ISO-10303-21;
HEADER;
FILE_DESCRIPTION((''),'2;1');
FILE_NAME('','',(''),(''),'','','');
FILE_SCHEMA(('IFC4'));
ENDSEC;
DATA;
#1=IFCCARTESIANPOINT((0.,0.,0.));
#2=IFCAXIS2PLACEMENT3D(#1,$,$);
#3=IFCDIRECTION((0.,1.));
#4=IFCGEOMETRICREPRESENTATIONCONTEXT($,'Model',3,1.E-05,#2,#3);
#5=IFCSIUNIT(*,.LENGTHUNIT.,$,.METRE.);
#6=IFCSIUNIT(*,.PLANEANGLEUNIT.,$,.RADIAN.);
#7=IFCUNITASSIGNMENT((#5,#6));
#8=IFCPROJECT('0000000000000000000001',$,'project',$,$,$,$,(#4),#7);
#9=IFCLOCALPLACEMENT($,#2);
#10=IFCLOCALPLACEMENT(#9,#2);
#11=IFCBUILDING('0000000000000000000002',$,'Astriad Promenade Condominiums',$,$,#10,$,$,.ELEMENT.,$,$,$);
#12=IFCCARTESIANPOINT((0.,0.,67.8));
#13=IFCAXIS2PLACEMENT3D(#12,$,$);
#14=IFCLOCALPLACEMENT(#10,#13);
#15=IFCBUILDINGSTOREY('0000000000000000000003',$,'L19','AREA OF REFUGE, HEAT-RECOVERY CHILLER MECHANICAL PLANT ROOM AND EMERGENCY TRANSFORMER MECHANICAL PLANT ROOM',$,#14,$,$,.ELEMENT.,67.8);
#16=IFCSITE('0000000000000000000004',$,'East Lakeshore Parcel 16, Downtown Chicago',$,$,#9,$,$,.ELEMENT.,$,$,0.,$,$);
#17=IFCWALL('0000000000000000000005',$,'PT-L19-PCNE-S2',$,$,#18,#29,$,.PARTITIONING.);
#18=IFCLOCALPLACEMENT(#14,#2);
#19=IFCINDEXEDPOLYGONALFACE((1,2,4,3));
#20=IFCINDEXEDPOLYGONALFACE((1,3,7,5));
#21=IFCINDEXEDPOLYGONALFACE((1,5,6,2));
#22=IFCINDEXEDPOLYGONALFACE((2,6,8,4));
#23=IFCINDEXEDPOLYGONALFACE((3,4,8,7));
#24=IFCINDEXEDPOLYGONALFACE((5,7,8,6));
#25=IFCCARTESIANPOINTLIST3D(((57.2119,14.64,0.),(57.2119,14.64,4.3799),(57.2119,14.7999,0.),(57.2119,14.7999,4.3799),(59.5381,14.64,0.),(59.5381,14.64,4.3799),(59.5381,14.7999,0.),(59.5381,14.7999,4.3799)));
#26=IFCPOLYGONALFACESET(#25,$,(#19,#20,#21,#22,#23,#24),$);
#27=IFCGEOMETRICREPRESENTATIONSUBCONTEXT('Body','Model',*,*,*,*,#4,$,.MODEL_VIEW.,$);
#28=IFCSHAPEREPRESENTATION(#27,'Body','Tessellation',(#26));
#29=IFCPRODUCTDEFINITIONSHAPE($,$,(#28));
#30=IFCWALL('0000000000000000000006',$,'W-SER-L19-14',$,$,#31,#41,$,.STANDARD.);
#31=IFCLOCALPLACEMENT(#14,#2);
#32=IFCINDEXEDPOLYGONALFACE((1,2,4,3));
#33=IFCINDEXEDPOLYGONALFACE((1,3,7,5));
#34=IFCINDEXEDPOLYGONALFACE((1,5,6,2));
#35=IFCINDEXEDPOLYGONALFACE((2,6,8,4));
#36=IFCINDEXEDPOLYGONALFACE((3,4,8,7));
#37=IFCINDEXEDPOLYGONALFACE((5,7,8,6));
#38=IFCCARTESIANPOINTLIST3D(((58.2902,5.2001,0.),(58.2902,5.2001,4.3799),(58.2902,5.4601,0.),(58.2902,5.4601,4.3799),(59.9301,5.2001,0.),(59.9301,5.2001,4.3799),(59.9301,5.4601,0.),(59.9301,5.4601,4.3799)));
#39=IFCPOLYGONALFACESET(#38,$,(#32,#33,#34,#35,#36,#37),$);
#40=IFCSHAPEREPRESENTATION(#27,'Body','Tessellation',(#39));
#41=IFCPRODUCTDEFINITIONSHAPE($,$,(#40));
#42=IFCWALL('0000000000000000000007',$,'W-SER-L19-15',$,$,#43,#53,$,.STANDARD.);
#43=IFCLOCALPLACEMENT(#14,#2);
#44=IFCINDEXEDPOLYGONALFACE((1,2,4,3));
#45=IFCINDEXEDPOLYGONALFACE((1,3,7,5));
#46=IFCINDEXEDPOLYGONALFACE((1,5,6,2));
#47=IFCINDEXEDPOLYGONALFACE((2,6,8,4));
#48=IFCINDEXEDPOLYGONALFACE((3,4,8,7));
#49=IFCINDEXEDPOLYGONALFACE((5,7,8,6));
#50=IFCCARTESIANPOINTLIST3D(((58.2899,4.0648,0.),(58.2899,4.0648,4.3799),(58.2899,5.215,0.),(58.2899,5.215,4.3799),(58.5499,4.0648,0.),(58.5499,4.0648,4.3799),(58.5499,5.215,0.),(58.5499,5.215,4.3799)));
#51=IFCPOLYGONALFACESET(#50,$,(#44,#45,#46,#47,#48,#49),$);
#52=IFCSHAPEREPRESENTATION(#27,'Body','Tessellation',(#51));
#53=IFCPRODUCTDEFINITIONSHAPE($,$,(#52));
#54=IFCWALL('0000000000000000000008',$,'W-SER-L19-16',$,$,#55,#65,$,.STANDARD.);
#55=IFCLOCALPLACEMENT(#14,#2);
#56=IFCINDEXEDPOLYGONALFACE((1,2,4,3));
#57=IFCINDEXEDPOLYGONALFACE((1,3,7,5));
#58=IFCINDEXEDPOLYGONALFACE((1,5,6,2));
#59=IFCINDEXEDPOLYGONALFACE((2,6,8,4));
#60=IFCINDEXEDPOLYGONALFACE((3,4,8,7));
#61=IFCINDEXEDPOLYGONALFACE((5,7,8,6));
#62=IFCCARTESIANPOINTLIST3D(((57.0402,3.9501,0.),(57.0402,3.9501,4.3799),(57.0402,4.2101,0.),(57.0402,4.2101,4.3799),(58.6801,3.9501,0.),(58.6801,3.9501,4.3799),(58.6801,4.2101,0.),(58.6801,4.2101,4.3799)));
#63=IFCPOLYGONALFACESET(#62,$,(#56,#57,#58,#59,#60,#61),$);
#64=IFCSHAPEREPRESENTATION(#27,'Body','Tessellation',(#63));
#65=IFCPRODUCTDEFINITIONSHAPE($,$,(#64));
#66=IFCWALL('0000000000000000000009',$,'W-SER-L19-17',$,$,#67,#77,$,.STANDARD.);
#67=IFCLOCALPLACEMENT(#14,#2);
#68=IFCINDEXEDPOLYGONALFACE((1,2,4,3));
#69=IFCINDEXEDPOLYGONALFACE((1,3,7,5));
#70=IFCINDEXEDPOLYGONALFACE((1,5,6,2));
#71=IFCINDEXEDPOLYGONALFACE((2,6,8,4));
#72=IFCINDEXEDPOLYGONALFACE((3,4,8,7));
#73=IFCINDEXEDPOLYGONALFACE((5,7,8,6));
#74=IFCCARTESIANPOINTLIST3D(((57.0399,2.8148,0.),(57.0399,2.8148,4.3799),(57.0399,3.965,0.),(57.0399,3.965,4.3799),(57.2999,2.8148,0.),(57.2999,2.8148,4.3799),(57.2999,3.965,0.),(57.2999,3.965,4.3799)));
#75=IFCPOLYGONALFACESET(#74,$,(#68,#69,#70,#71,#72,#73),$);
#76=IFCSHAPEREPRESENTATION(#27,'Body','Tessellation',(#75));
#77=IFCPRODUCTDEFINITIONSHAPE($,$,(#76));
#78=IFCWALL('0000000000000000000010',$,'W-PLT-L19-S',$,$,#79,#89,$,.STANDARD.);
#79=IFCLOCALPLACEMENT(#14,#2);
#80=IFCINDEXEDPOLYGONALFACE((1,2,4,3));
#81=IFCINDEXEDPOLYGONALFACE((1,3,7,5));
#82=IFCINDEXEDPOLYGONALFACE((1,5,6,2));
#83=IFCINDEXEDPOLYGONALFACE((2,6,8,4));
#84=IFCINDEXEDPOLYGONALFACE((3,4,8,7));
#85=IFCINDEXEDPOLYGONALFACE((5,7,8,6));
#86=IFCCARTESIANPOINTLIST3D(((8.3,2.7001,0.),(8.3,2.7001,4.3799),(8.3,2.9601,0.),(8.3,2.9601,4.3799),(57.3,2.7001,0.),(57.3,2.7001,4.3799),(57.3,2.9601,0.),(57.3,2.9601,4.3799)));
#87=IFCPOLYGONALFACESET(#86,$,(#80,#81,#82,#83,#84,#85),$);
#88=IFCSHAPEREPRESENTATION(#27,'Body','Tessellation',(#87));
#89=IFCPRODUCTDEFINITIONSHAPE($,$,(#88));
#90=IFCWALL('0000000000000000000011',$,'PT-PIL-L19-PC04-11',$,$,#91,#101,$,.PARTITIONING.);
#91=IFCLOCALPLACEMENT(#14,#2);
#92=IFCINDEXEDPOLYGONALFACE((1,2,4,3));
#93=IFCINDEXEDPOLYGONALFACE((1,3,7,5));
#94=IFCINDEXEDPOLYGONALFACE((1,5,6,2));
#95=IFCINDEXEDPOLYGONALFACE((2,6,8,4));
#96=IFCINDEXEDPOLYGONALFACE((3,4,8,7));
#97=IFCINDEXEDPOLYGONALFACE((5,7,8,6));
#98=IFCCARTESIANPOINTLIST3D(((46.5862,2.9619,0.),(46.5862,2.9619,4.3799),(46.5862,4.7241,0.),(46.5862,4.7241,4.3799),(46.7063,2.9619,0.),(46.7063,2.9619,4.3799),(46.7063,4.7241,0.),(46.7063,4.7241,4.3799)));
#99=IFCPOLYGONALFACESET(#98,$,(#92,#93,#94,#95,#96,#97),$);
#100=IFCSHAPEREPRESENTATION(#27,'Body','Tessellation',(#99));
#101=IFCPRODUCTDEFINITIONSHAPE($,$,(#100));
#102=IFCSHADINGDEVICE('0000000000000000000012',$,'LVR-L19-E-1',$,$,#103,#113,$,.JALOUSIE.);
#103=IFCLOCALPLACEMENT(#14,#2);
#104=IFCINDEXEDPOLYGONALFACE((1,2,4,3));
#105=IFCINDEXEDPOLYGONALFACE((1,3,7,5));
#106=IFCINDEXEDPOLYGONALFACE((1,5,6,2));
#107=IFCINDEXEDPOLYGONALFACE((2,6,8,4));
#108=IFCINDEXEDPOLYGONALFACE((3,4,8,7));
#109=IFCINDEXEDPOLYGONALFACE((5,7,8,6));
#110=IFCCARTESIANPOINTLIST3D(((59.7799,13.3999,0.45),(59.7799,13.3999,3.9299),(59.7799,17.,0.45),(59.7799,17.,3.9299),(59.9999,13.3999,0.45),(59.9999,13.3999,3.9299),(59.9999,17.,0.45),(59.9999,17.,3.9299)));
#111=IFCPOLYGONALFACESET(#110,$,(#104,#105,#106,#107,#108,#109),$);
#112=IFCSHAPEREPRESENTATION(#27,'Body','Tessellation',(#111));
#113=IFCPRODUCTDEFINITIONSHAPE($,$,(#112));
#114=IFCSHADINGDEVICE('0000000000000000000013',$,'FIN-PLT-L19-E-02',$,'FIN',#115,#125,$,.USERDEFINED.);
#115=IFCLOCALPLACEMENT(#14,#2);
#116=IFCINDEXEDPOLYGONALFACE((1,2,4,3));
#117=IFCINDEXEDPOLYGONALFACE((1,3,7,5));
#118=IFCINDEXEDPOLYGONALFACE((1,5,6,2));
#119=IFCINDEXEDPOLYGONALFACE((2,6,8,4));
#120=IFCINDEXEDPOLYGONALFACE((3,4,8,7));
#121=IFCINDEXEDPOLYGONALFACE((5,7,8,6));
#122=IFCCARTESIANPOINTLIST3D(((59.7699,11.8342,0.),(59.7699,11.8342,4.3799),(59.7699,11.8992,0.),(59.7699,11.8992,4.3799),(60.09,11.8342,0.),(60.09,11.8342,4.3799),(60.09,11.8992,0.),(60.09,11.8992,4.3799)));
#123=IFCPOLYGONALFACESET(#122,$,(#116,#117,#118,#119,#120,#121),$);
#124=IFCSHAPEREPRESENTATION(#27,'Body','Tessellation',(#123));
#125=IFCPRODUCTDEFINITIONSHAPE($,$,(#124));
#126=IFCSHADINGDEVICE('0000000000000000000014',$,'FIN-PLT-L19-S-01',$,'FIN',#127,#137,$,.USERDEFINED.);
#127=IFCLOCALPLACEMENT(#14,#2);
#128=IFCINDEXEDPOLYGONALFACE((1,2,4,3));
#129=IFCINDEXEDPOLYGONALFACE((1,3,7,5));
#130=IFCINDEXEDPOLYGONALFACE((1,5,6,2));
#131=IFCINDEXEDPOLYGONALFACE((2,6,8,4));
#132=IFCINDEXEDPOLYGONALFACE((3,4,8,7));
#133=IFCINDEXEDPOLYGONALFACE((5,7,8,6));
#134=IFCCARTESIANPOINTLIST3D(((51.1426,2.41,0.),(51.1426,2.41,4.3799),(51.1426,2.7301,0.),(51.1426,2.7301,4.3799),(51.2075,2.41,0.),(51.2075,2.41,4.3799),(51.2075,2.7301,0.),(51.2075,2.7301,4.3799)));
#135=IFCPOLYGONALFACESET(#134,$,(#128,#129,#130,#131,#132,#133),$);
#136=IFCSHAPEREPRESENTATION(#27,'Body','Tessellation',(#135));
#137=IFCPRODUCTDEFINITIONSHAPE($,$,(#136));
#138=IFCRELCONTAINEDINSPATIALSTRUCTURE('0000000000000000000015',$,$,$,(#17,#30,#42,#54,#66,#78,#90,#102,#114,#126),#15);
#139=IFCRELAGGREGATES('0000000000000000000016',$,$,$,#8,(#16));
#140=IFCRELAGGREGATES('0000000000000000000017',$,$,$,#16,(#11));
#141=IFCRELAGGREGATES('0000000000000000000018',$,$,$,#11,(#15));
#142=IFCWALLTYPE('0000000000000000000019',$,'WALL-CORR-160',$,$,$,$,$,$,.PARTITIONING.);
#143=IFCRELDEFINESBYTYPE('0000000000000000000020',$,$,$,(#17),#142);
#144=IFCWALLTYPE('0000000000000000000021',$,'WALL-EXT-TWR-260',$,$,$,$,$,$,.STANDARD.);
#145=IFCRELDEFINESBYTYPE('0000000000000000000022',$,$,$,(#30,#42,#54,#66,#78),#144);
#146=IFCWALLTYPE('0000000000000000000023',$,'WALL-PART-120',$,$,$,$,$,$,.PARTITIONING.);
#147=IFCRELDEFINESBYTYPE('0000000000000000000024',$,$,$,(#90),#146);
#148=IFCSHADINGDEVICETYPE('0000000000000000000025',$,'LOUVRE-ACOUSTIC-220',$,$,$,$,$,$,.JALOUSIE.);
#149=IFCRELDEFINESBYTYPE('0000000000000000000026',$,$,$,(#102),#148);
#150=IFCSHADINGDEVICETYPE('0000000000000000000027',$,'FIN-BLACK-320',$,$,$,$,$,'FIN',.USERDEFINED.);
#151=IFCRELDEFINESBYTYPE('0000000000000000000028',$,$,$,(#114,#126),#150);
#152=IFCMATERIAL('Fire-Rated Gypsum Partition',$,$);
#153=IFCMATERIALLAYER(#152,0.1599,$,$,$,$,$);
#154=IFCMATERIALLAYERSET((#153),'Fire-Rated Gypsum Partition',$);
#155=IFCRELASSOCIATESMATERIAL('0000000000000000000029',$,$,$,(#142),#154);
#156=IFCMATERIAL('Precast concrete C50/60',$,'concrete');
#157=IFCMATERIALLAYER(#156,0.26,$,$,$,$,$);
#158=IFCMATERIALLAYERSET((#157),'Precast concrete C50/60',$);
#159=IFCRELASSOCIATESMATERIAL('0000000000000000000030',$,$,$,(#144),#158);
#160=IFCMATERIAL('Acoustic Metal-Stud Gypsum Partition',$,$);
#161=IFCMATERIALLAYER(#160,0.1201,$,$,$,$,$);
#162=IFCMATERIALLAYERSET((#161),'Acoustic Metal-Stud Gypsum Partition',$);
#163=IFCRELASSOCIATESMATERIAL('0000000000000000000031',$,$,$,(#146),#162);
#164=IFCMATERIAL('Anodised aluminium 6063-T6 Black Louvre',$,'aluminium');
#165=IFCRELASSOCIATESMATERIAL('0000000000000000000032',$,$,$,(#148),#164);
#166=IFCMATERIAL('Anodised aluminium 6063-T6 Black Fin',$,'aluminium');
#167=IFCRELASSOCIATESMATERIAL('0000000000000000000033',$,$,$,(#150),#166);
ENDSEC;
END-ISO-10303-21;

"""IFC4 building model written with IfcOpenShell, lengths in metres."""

from ifc_helpers import new_model, si_unit, direction, frame, frame_2d, origin, origin_2d, place, context, subcontext, project, spatial, rectangle, extrude, source, transform, mapped, material, layer, layer_set, type_object, type_shapes, element, save


model = new_model("IFC4")

# Units and contexts
model_context = context("Model", 3, precision=1e-05, world=origin(), true_north=direction((0.0, 1.0)))
body_context = subcontext(model_context, "Body", "Model", "MODEL_VIEW")
ifc_project = project(units=[si_unit("LENGTHUNIT", "METRE"), si_unit("PLANEANGLEUNIT", "RADIAN")], contexts=[model_context])

# Site, building, storey
site_placement = place(None, origin())
site = spatial("IfcSite", under=ifc_project, at=site_placement, Name="East Lakeshore Parcel 16, Downtown Chicago", CompositionType="ELEMENT", RefElevation=0.0)
building_placement = place(site_placement, origin())
building = spatial("IfcBuilding", under=site, at=building_placement, Name="Astriad Promenade Condominiums", CompositionType="ELEMENT")
storey_placement = place(building_placement, frame((0.0, 0.0, 67.8)))
storey = spatial("IfcBuildingStorey", under=building, at=storey_placement, Name="L19", Description="AREA OF REFUGE, HEAT-RECOVERY CHILLER MECHANICAL PLANT ROOM AND EMERGENCY TRANSFORMER MECHANICAL PLANT ROOM", CompositionType="ELEMENT", Elevation=67.8)

# Walls
ifc_material_1 = material(Name="Fire-Rated Gypsum Partition")
ifc_layer_1 = layer(ifc_material_1, 0.1599)
ifc_layer_set_1 = layer_set([ifc_layer_1], Name="Fire-Rated Gypsum Partition")
wall_type_1 = type_object("IfcWallType", Name="WALL-CORR-160", PredefinedType="PARTITIONING", material=ifc_layer_set_1)
wall_1_placement = place(storey_placement, frame((57.2119, 14.72, 0.0), z_axis=(0.0, 0.0, 1.0), x_axis=(1.0, 0.0, 0.0)))
element("IfcWall", 1, at=wall_1_placement, inside=storey, type_object=wall_type_1, Name="PT-L19-PCNE-S2", PredefinedType="PARTITIONING", context=body_context, shape_type="SweptSolid", body=[
    extrude(rectangle(XDim=2.3262, YDim=0.1599, at=frame_2d((1.1631, 0.0))), origin(), (0.0, 0.0, 1.0), 4.3799),
])
ifc_material_2 = material(Name="Precast concrete C50/60", Category="concrete")
ifc_layer_2 = layer(ifc_material_2, 0.26)
ifc_layer_set_2 = layer_set([ifc_layer_2], Name="Precast concrete C50/60")
wall_type_2 = type_object("IfcWallType", Name="WALL-EXT-TWR-260", PredefinedType="STANDARD", material=ifc_layer_set_2)
wall_2_placement = place(storey_placement, frame((59.9299, 5.3301, 0.0), z_axis=(0.0, 0.0, 1.0), x_axis=(-1.0, 0.0, 0.0)))
element("IfcWall", 2, at=wall_2_placement, inside=storey, type_object=wall_type_2, Name="W-SER-L19-14", PredefinedType="STANDARD", context=body_context, shape_type="SweptSolid", body=[
    extrude(rectangle(XDim=1.6399, YDim=0.26, at=frame_2d((0.8198, 0.0))), origin(), (0.0, 0.0, 1.0), 4.3799),
])
wall_3_placement = place(storey_placement, frame((58.4199, 5.2151, 0.0), z_axis=(0.0, 0.0, 1.0), x_axis=(0.0, -1.0, 0.0)))
element("IfcWall", 3, at=wall_3_placement, inside=storey, type_object=wall_type_2, Name="W-SER-L19-15", PredefinedType="STANDARD", context=body_context, shape_type="SweptSolid", body=[
    extrude(rectangle(XDim=1.1501, YDim=0.26, at=frame_2d((0.5752, 0.0))), origin(), (0.0, 0.0, 1.0), 4.3799),
])
wall_4_placement = place(storey_placement, frame((58.6799, 4.0801, 0.0), z_axis=(0.0, 0.0, 1.0), x_axis=(-1.0, 0.0, 0.0)))
element("IfcWall", 4, at=wall_4_placement, inside=storey, type_object=wall_type_2, Name="W-SER-L19-16", PredefinedType="STANDARD", context=body_context, shape_type="SweptSolid", body=[
    extrude(rectangle(XDim=1.6399, YDim=0.26, at=frame_2d((0.8198, 0.0))), origin(), (0.0, 0.0, 1.0), 4.3799),
])
wall_5_placement = place(storey_placement, frame((57.1699, 3.9651, 0.0), z_axis=(0.0, 0.0, 1.0), x_axis=(0.0, -1.0, 0.0)))
element("IfcWall", 5, at=wall_5_placement, inside=storey, type_object=wall_type_2, Name="W-SER-L19-17", PredefinedType="STANDARD", context=body_context, shape_type="SweptSolid", body=[
    extrude(rectangle(XDim=1.1501, YDim=0.26, at=frame_2d((0.5752, 0.0))), origin(), (0.0, 0.0, 1.0), 4.3799),
])
wall_6_placement = place(storey_placement, frame((57.3, 2.8301, 0.0), z_axis=(0.0, 0.0, 1.0), x_axis=(-1.0, 0.0, 0.0)))
element("IfcWall", 6, at=wall_6_placement, inside=storey, type_object=wall_type_2, Name="W-PLT-L19-S", PredefinedType="STANDARD", context=body_context, shape_type="SweptSolid", body=[
    extrude(rectangle(XDim=49.0, YDim=0.26, at=frame_2d((24.5, 0.0))), origin(), (0.0, 0.0, 1.0), 4.3799),
])
ifc_material_3 = material(Name="Acoustic Metal-Stud Gypsum Partition")
ifc_layer_3 = layer(ifc_material_3, 0.1201)
ifc_layer_set_3 = layer_set([ifc_layer_3], Name="Acoustic Metal-Stud Gypsum Partition")
wall_type_3 = type_object("IfcWallType", Name="WALL-PART-120", PredefinedType="PARTITIONING", material=ifc_layer_set_3)
wall_7_placement = place(storey_placement, frame((46.6462, 4.7241, 0.0), z_axis=(0.0, 0.0, 1.0), x_axis=(0.0, -1.0, 0.0)))
element("IfcWall", 7, at=wall_7_placement, inside=storey, type_object=wall_type_3, Name="PT-PIL-L19-PC04-11", PredefinedType="PARTITIONING", context=body_context, shape_type="SweptSolid", body=[
    extrude(rectangle(XDim=1.7622, YDim=0.1201, at=frame_2d((0.8811, 0.0))), origin(), (0.0, 0.0, 1.0), 4.3799),
])

# Shading devices
ifc_material_4 = material(Name="Anodised aluminium 6063-T6 Black Louvre", Category="aluminium")
shading_device_type_1 = type_object("IfcShadingDeviceType", Name="LOUVRE-ACOUSTIC-220", PredefinedType="JALOUSIE", material=ifc_material_4)
shared_shape_1 = source(origin(), body_context, "Body", "SweptSolid", [
    extrude(rectangle(XDim=3.6001, YDim=0.22, at=origin_2d()), origin(), (0.0, 0.0, 1.0), 3.48),
])
type_shapes(shading_device_type_1, [shared_shape_1])
shading_device_placement = place(storey_placement, frame((59.8899, 15.2, 0.45), z_axis=(0.0, 0.0, 1.0), x_axis=(0.0, -1.0, 0.0)))
element("IfcShadingDevice", 8, at=shading_device_placement, inside=storey, type_object=shading_device_type_1, Name="LVR-L19-E-1", PredefinedType="JALOUSIE", context=body_context, shape_type="MappedRepresentation", body=[
    mapped(shared_shape_1, transform((0.0, 0.0, 0.0), scale=1.0)),
])
ifc_material_5 = material(Name="Anodised aluminium 6063-T6 Black Fin", Category="aluminium")
shading_device_type_2 = type_object("IfcShadingDeviceType", Name="FIN-BLACK-320", ElementType="FIN", PredefinedType="USERDEFINED", material=ifc_material_5)
shared_shape_2 = source(origin(), body_context, "Body", "SweptSolid", [
    extrude(rectangle(XDim=0.0649, YDim=0.3201, at=origin_2d()), origin(), (0.0, 0.0, 1.0), 4.3799),
])
type_shapes(shading_device_type_2, [shared_shape_2])
for number, where, z_axis, x_axis, name in (
    (9, (59.9299, 11.8667, 0.0), (0.0, 0.0, 1.0), (0.0, -1.0, 0.0), "FIN-PLT-L19-E-02"),
    (10, (51.175, 2.5701, 0.0), (0.0, 0.0, 1.0), (-1.0, 0.0, 0.0), "FIN-PLT-L19-S-01"),
):
    element("IfcShadingDevice", number, at=place(storey_placement, frame(where, z_axis=z_axis, x_axis=x_axis)), inside=storey, type_object=shading_device_type_2, Name=name, ObjectType="FIN", PredefinedType="USERDEFINED", context=body_context, shape_type="MappedRepresentation", body=[
        mapped(shared_shape_2, transform((0.0, 0.0, 0.0), scale=1.0)),
    ])

save(model, "model.ifc")
